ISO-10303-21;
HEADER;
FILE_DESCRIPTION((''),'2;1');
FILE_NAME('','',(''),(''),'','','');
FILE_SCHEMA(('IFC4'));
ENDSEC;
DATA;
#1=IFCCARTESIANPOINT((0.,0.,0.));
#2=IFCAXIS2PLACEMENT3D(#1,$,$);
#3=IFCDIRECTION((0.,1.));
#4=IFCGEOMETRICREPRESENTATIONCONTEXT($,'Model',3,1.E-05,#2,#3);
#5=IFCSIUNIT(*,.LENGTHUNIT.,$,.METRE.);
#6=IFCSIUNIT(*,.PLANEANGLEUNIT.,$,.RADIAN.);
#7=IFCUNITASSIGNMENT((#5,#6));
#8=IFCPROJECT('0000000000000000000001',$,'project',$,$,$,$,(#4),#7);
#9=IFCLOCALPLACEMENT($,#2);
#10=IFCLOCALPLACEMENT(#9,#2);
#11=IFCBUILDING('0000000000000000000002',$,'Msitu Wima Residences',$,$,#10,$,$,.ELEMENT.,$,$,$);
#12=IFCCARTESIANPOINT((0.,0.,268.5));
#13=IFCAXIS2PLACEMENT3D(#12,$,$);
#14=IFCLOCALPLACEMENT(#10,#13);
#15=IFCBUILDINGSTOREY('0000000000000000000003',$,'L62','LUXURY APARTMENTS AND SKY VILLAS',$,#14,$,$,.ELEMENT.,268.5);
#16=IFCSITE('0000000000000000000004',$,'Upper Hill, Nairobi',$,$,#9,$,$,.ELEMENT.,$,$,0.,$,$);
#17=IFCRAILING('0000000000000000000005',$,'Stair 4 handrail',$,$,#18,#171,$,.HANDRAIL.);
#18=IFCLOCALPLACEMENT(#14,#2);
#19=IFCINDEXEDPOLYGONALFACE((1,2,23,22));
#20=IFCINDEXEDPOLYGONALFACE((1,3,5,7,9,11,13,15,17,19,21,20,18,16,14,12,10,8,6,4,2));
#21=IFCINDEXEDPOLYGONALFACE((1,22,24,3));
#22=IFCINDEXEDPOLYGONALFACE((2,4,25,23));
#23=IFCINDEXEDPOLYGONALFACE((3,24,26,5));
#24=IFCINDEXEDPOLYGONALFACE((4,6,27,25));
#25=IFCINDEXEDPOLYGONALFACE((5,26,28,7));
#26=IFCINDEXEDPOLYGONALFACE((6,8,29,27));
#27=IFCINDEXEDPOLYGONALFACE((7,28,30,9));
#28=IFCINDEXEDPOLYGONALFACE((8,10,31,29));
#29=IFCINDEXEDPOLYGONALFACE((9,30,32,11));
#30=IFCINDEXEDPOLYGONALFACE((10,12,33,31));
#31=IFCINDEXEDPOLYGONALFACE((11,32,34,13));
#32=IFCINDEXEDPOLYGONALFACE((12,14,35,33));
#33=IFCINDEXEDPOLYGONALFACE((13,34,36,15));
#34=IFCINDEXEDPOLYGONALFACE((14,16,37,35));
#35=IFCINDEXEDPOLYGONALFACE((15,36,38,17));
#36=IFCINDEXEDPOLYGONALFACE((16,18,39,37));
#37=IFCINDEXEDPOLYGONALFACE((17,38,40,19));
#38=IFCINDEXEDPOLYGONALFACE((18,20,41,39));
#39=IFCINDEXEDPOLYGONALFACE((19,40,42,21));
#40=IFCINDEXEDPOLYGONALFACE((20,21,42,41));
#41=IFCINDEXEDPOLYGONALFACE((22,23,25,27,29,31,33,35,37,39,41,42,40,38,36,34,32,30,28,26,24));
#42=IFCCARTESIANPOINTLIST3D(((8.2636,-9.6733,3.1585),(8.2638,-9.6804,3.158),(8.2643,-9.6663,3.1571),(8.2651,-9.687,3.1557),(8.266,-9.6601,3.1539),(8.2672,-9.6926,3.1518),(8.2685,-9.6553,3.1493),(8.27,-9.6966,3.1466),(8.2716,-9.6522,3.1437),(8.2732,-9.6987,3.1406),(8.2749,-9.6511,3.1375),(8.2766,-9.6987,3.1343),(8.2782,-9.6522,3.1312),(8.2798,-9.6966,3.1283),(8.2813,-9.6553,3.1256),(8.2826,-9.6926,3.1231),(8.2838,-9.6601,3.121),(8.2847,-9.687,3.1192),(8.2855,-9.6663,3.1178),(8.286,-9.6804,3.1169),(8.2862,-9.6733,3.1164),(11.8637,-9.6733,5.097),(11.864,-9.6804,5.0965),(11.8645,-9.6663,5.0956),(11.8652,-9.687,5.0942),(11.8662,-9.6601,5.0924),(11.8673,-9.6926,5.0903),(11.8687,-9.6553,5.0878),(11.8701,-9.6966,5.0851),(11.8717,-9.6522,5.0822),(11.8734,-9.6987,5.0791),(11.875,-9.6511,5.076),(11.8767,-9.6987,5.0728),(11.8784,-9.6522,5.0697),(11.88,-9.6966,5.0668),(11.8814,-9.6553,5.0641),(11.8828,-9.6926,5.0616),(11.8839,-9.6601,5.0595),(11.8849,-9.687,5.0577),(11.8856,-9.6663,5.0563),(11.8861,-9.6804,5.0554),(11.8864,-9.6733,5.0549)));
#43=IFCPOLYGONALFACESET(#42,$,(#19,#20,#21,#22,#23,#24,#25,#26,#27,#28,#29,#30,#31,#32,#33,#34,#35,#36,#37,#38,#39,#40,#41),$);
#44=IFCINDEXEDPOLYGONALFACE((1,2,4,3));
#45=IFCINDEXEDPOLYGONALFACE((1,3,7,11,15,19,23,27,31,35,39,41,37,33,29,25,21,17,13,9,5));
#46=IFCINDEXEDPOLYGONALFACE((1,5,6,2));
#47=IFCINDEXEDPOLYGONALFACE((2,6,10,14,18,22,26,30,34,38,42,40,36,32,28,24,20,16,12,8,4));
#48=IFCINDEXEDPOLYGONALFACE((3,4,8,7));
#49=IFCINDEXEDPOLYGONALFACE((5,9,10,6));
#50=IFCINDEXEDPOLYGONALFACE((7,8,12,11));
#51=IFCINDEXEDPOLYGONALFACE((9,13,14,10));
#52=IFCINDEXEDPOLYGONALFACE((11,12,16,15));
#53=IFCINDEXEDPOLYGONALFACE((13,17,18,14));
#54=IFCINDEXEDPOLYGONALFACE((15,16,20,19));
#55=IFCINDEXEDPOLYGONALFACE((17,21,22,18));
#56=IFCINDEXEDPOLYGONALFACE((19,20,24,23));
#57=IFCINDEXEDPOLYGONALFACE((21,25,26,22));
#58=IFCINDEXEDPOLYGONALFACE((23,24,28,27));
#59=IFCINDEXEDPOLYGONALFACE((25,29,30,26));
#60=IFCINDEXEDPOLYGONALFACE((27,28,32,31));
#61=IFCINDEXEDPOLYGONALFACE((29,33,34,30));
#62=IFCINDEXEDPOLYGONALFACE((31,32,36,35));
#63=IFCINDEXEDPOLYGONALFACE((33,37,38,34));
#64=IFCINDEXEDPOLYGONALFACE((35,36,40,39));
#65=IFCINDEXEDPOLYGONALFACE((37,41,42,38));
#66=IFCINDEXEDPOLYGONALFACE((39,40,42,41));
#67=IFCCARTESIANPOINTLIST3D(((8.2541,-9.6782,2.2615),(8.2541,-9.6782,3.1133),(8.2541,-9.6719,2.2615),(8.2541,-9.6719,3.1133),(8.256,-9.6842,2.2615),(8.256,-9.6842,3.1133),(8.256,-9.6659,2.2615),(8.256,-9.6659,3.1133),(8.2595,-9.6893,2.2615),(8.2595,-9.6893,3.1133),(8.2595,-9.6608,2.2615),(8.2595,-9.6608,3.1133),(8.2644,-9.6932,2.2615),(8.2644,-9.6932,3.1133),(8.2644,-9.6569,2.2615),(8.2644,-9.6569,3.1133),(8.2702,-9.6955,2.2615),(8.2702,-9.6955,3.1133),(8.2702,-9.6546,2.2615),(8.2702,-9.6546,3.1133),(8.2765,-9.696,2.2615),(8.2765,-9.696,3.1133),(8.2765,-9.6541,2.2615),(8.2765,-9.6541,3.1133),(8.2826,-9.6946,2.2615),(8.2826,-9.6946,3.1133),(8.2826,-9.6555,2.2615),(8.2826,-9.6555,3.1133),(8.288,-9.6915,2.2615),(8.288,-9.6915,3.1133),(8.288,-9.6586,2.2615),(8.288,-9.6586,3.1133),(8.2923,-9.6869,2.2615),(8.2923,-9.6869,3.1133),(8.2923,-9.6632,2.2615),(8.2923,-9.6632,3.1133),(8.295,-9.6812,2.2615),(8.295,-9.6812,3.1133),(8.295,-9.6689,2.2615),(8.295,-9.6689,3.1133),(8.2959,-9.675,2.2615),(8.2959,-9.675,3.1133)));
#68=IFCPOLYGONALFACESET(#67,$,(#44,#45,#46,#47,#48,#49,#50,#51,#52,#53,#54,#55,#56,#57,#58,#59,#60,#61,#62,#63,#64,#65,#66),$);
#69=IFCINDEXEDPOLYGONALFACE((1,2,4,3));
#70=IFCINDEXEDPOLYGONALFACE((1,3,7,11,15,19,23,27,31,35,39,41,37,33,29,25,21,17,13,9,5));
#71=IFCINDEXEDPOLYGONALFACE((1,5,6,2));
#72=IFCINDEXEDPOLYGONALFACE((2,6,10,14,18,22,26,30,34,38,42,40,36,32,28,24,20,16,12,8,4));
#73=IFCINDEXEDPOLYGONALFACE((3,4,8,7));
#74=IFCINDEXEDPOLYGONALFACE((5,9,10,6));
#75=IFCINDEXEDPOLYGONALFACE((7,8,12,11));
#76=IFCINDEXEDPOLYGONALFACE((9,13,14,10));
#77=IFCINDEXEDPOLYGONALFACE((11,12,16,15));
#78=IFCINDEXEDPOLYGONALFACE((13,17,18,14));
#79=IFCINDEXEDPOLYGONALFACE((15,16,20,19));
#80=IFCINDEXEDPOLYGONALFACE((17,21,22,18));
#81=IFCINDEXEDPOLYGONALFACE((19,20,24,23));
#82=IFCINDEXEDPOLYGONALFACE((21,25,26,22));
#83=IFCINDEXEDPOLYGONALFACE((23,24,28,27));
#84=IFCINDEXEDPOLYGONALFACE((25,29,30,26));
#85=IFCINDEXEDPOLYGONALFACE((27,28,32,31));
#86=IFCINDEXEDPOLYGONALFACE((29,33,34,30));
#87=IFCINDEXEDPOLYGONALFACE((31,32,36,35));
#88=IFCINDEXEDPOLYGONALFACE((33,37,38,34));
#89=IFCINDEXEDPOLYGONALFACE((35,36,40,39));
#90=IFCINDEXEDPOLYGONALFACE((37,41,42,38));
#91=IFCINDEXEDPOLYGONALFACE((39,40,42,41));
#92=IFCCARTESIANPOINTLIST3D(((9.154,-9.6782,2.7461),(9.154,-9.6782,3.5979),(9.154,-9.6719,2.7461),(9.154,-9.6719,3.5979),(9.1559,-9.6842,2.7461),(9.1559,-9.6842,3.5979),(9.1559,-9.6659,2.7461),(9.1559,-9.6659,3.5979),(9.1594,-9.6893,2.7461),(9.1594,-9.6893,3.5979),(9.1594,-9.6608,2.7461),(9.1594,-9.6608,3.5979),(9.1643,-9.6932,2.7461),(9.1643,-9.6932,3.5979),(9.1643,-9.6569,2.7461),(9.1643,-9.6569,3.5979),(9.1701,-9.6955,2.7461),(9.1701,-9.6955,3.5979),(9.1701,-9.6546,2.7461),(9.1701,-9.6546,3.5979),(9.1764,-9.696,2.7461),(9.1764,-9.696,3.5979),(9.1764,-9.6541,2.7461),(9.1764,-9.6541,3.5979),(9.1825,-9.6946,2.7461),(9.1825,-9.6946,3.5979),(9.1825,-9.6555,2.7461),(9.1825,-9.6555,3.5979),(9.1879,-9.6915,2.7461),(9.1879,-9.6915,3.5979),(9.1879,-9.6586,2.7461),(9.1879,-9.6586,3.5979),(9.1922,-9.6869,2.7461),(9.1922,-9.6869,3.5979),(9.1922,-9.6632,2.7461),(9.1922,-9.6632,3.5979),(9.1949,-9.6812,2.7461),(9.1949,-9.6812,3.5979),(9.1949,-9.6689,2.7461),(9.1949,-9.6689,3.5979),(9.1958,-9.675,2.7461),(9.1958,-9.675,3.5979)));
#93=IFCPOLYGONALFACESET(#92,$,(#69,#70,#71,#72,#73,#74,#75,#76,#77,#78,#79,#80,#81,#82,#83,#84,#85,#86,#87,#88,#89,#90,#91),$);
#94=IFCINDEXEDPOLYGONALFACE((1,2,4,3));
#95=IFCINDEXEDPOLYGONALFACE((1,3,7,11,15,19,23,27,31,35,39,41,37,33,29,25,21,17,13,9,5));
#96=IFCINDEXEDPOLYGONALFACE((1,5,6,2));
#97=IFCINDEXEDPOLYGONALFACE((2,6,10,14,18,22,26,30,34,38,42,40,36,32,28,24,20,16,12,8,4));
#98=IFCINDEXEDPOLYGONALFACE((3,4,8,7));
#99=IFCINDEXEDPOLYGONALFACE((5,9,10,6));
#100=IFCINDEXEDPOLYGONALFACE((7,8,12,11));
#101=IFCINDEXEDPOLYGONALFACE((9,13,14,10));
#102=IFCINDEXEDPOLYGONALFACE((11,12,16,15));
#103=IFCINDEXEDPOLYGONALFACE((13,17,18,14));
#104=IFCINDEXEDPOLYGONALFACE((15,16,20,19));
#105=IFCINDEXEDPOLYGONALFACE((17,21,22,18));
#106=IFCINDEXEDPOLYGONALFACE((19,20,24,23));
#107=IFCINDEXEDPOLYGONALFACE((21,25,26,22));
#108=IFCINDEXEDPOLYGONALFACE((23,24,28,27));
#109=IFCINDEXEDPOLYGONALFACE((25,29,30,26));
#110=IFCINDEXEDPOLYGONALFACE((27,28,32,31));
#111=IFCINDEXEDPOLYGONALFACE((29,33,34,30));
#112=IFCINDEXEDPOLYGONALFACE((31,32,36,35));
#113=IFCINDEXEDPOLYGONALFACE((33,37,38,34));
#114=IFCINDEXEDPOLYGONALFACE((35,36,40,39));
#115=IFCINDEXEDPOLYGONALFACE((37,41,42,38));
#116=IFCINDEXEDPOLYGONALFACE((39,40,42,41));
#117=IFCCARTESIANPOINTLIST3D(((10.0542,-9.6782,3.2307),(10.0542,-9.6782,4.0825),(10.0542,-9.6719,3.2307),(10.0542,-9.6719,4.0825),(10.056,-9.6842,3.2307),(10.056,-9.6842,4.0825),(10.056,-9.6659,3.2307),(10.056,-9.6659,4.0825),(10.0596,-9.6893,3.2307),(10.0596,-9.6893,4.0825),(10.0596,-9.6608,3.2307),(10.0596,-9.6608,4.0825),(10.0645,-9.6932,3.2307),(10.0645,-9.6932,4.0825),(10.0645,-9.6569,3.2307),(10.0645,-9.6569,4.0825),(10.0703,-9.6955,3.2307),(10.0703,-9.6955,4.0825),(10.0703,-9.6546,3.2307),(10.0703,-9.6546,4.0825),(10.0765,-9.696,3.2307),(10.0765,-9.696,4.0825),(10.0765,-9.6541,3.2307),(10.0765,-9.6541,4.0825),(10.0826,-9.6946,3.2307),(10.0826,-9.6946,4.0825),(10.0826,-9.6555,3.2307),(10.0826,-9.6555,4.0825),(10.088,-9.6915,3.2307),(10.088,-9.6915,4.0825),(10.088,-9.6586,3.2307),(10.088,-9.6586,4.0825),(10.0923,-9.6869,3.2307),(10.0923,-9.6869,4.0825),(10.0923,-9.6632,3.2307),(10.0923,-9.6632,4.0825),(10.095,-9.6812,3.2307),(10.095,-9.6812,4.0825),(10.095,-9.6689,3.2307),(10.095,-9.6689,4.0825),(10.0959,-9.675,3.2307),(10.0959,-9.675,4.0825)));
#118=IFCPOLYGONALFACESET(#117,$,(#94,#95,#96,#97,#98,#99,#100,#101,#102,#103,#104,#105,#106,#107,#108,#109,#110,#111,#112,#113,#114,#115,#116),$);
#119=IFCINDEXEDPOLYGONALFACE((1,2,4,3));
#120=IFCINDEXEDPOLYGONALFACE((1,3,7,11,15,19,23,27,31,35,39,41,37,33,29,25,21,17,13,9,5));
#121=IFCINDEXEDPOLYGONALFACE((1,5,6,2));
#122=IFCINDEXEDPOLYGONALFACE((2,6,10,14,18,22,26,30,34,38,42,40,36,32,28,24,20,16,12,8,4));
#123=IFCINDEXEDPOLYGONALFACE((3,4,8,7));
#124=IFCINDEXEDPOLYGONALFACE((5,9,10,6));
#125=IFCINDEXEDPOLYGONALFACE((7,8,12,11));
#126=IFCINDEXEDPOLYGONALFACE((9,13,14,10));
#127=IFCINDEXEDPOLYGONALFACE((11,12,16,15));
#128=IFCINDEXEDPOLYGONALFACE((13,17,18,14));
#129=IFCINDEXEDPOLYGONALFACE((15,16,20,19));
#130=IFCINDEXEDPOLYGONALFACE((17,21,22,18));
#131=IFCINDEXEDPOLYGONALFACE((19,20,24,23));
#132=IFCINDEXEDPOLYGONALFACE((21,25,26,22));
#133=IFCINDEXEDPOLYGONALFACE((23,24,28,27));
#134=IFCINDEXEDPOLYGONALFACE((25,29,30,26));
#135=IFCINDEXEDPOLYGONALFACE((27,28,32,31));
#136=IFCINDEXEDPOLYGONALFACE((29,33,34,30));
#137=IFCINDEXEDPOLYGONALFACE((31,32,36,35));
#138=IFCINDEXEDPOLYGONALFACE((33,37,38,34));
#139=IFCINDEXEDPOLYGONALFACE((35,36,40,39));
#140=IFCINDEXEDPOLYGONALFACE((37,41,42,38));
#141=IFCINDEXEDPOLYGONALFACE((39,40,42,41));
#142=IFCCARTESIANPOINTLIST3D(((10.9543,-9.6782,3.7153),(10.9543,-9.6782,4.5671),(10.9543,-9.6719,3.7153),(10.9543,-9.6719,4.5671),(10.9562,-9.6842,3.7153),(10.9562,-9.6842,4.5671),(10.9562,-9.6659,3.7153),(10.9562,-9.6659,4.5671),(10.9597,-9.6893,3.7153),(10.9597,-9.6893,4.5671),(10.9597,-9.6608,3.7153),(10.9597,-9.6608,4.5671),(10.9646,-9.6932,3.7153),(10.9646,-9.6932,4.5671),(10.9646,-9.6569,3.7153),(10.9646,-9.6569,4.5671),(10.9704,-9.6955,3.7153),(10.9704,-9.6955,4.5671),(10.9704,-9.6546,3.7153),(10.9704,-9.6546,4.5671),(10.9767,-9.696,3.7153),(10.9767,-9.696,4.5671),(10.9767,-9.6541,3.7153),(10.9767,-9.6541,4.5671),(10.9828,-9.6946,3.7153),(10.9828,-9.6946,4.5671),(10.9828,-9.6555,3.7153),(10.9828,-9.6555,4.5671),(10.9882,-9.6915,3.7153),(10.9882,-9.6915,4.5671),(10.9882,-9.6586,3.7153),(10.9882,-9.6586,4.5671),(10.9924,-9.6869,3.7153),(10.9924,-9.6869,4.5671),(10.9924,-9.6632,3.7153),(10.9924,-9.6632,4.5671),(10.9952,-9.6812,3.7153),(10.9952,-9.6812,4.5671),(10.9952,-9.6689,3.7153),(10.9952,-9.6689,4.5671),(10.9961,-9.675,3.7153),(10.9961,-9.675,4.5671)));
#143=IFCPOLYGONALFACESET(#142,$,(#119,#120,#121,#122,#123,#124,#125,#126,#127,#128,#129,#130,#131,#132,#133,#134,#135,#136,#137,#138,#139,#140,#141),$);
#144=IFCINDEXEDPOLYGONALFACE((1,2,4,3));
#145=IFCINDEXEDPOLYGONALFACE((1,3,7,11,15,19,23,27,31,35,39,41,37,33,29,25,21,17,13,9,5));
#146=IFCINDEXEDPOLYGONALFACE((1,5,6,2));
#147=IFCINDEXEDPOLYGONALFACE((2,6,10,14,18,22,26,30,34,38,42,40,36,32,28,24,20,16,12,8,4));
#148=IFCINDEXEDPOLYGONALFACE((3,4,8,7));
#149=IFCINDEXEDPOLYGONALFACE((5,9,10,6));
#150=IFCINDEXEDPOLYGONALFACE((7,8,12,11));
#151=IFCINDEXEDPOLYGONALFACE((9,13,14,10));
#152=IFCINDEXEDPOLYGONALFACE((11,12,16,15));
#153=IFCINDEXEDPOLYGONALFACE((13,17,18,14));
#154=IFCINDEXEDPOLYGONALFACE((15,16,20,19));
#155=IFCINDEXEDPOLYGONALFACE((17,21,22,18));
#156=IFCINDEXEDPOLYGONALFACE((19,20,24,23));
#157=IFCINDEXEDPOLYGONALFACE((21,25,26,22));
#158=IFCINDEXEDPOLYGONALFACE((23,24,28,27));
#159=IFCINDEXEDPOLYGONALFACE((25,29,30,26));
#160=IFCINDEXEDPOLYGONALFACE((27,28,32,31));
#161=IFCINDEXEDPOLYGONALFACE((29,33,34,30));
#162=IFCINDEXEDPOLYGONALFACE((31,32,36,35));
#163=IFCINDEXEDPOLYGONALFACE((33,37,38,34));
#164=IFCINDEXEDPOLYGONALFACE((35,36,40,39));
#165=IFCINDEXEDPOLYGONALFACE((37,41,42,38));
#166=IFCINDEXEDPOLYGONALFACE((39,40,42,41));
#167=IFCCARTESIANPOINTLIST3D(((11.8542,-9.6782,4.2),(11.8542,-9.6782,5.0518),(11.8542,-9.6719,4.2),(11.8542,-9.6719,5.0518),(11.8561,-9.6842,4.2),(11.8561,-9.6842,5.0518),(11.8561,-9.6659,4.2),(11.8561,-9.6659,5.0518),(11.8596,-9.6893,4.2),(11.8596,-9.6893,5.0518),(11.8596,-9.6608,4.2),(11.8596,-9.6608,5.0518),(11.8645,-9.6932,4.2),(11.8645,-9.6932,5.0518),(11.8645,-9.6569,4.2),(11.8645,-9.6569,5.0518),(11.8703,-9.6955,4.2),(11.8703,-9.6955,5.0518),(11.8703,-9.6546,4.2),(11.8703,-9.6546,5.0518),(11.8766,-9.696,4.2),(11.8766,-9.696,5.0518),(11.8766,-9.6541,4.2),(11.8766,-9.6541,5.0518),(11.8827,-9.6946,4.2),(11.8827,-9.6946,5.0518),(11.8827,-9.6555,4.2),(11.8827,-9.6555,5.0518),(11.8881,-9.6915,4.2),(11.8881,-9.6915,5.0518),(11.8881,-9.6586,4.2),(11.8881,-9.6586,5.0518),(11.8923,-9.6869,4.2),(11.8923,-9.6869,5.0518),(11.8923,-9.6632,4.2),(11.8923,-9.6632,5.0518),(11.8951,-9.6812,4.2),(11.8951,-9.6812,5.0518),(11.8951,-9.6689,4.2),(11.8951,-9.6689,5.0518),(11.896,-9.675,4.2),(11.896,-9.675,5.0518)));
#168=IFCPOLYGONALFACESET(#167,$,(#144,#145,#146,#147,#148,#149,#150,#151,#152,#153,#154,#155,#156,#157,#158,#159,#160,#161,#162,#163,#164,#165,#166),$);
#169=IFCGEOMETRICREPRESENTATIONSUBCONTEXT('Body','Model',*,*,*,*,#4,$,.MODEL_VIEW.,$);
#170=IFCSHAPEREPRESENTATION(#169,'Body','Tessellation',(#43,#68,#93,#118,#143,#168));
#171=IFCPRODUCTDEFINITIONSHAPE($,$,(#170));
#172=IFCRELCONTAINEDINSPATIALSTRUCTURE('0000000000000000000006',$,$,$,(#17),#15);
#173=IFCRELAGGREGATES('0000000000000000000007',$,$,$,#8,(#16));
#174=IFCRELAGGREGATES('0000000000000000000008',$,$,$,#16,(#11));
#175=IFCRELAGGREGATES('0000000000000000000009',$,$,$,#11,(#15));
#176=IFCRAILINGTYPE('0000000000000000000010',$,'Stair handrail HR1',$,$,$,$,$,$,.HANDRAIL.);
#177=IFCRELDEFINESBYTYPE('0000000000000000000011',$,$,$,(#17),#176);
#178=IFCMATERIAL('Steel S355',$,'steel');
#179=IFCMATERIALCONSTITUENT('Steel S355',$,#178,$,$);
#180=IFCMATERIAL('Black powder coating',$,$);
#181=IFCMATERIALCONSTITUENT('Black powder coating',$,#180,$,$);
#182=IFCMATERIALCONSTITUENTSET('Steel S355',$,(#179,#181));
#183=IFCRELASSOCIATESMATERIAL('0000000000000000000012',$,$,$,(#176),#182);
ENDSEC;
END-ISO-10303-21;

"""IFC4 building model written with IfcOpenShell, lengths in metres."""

from ifc_helpers import new_model, si_unit, direction, frame, origin, origin_2d, place, context, subcontext, project, spatial, circle, extrude, material, constituent, constituent_set, type_object, element, save


model = new_model("IFC4")

# Units and contexts
model_context = context("Model", 3, precision=1e-05, world=origin(), true_north=direction((0.0, 1.0)))
body_context = subcontext(model_context, "Body", "Model", "MODEL_VIEW")
ifc_project = project(units=[si_unit("LENGTHUNIT", "METRE"), si_unit("PLANEANGLEUNIT", "RADIAN")], contexts=[model_context])

# Site, building, storey
site_placement = place(None, origin())
site = spatial("IfcSite", under=ifc_project, at=site_placement, Name="Upper Hill, Nairobi", CompositionType="ELEMENT", RefElevation=0.0)
building_placement = place(site_placement, origin())
building = spatial("IfcBuilding", under=site, at=building_placement, Name="Msitu Wima Residences", CompositionType="ELEMENT")
storey_placement = place(building_placement, frame((0.0, 0.0, 268.5)))
storey = spatial("IfcBuildingStorey", under=building, at=storey_placement, Name="L62", Description="LUXURY APARTMENTS AND SKY VILLAS", CompositionType="ELEMENT", Elevation=268.5)

# Railing
ifc_material_1 = material(Name="Steel S355", Category="steel")
ifc_constituent_1 = constituent(ifc_material_1, Name="Steel S355")
ifc_material_2 = material(Name="Black powder coating")
ifc_constituent_2 = constituent(ifc_material_2, Name="Black powder coating")
ifc_constituent_set = constituent_set(constituents=[ifc_constituent_1, ifc_constituent_2], Name="Steel S355")
railing_type = type_object("IfcRailingType", Name="Stair handrail HR1", PredefinedType="HANDRAIL", material=ifc_constituent_set)
for number, where, name in (
    (1, (8.2749, -9.675, 2.2615), "Stair 4 handrail"),
):
    element("IfcRailing", number, at=place(storey_placement, frame(where)), inside=storey, type_object=railing_type, Name=name, PredefinedType="HANDRAIL", context=body_context, shape_type="SweptSolid", body=[
        extrude(circle(Radius=0.0239, at=origin_2d()), frame((0.0, 0.0, 0.876), z_axis=(0.880475, 0.0, 0.474093), x_axis=(0.0, 1.0, 0.0)), (0.0, 0.0, 1.0), 4.0889),
        extrude(circle(Radius=0.021, at=origin_2d()), origin(), (0.0, 0.0, 1.0), 0.8518),
        extrude(circle(Radius=0.021, at=origin_2d()), frame((0.8999, 0.0, 0.4846)), (0.0, 0.0, 1.0), 0.8518),
        extrude(circle(Radius=0.021, at=origin_2d()), frame((1.8, 0.0, 0.9692)), (0.0, 0.0, 1.0), 0.8518),
        extrude(circle(Radius=0.021, at=origin_2d()), frame((2.7002, 0.0, 1.4539)), (0.0, 0.0, 1.0), 0.8518),
        extrude(circle(Radius=0.021, at=origin_2d()), frame((3.6001, 0.0, 1.9385)), (0.0, 0.0, 1.0), 0.8518),
    ])

save(model, "model.ifc")
